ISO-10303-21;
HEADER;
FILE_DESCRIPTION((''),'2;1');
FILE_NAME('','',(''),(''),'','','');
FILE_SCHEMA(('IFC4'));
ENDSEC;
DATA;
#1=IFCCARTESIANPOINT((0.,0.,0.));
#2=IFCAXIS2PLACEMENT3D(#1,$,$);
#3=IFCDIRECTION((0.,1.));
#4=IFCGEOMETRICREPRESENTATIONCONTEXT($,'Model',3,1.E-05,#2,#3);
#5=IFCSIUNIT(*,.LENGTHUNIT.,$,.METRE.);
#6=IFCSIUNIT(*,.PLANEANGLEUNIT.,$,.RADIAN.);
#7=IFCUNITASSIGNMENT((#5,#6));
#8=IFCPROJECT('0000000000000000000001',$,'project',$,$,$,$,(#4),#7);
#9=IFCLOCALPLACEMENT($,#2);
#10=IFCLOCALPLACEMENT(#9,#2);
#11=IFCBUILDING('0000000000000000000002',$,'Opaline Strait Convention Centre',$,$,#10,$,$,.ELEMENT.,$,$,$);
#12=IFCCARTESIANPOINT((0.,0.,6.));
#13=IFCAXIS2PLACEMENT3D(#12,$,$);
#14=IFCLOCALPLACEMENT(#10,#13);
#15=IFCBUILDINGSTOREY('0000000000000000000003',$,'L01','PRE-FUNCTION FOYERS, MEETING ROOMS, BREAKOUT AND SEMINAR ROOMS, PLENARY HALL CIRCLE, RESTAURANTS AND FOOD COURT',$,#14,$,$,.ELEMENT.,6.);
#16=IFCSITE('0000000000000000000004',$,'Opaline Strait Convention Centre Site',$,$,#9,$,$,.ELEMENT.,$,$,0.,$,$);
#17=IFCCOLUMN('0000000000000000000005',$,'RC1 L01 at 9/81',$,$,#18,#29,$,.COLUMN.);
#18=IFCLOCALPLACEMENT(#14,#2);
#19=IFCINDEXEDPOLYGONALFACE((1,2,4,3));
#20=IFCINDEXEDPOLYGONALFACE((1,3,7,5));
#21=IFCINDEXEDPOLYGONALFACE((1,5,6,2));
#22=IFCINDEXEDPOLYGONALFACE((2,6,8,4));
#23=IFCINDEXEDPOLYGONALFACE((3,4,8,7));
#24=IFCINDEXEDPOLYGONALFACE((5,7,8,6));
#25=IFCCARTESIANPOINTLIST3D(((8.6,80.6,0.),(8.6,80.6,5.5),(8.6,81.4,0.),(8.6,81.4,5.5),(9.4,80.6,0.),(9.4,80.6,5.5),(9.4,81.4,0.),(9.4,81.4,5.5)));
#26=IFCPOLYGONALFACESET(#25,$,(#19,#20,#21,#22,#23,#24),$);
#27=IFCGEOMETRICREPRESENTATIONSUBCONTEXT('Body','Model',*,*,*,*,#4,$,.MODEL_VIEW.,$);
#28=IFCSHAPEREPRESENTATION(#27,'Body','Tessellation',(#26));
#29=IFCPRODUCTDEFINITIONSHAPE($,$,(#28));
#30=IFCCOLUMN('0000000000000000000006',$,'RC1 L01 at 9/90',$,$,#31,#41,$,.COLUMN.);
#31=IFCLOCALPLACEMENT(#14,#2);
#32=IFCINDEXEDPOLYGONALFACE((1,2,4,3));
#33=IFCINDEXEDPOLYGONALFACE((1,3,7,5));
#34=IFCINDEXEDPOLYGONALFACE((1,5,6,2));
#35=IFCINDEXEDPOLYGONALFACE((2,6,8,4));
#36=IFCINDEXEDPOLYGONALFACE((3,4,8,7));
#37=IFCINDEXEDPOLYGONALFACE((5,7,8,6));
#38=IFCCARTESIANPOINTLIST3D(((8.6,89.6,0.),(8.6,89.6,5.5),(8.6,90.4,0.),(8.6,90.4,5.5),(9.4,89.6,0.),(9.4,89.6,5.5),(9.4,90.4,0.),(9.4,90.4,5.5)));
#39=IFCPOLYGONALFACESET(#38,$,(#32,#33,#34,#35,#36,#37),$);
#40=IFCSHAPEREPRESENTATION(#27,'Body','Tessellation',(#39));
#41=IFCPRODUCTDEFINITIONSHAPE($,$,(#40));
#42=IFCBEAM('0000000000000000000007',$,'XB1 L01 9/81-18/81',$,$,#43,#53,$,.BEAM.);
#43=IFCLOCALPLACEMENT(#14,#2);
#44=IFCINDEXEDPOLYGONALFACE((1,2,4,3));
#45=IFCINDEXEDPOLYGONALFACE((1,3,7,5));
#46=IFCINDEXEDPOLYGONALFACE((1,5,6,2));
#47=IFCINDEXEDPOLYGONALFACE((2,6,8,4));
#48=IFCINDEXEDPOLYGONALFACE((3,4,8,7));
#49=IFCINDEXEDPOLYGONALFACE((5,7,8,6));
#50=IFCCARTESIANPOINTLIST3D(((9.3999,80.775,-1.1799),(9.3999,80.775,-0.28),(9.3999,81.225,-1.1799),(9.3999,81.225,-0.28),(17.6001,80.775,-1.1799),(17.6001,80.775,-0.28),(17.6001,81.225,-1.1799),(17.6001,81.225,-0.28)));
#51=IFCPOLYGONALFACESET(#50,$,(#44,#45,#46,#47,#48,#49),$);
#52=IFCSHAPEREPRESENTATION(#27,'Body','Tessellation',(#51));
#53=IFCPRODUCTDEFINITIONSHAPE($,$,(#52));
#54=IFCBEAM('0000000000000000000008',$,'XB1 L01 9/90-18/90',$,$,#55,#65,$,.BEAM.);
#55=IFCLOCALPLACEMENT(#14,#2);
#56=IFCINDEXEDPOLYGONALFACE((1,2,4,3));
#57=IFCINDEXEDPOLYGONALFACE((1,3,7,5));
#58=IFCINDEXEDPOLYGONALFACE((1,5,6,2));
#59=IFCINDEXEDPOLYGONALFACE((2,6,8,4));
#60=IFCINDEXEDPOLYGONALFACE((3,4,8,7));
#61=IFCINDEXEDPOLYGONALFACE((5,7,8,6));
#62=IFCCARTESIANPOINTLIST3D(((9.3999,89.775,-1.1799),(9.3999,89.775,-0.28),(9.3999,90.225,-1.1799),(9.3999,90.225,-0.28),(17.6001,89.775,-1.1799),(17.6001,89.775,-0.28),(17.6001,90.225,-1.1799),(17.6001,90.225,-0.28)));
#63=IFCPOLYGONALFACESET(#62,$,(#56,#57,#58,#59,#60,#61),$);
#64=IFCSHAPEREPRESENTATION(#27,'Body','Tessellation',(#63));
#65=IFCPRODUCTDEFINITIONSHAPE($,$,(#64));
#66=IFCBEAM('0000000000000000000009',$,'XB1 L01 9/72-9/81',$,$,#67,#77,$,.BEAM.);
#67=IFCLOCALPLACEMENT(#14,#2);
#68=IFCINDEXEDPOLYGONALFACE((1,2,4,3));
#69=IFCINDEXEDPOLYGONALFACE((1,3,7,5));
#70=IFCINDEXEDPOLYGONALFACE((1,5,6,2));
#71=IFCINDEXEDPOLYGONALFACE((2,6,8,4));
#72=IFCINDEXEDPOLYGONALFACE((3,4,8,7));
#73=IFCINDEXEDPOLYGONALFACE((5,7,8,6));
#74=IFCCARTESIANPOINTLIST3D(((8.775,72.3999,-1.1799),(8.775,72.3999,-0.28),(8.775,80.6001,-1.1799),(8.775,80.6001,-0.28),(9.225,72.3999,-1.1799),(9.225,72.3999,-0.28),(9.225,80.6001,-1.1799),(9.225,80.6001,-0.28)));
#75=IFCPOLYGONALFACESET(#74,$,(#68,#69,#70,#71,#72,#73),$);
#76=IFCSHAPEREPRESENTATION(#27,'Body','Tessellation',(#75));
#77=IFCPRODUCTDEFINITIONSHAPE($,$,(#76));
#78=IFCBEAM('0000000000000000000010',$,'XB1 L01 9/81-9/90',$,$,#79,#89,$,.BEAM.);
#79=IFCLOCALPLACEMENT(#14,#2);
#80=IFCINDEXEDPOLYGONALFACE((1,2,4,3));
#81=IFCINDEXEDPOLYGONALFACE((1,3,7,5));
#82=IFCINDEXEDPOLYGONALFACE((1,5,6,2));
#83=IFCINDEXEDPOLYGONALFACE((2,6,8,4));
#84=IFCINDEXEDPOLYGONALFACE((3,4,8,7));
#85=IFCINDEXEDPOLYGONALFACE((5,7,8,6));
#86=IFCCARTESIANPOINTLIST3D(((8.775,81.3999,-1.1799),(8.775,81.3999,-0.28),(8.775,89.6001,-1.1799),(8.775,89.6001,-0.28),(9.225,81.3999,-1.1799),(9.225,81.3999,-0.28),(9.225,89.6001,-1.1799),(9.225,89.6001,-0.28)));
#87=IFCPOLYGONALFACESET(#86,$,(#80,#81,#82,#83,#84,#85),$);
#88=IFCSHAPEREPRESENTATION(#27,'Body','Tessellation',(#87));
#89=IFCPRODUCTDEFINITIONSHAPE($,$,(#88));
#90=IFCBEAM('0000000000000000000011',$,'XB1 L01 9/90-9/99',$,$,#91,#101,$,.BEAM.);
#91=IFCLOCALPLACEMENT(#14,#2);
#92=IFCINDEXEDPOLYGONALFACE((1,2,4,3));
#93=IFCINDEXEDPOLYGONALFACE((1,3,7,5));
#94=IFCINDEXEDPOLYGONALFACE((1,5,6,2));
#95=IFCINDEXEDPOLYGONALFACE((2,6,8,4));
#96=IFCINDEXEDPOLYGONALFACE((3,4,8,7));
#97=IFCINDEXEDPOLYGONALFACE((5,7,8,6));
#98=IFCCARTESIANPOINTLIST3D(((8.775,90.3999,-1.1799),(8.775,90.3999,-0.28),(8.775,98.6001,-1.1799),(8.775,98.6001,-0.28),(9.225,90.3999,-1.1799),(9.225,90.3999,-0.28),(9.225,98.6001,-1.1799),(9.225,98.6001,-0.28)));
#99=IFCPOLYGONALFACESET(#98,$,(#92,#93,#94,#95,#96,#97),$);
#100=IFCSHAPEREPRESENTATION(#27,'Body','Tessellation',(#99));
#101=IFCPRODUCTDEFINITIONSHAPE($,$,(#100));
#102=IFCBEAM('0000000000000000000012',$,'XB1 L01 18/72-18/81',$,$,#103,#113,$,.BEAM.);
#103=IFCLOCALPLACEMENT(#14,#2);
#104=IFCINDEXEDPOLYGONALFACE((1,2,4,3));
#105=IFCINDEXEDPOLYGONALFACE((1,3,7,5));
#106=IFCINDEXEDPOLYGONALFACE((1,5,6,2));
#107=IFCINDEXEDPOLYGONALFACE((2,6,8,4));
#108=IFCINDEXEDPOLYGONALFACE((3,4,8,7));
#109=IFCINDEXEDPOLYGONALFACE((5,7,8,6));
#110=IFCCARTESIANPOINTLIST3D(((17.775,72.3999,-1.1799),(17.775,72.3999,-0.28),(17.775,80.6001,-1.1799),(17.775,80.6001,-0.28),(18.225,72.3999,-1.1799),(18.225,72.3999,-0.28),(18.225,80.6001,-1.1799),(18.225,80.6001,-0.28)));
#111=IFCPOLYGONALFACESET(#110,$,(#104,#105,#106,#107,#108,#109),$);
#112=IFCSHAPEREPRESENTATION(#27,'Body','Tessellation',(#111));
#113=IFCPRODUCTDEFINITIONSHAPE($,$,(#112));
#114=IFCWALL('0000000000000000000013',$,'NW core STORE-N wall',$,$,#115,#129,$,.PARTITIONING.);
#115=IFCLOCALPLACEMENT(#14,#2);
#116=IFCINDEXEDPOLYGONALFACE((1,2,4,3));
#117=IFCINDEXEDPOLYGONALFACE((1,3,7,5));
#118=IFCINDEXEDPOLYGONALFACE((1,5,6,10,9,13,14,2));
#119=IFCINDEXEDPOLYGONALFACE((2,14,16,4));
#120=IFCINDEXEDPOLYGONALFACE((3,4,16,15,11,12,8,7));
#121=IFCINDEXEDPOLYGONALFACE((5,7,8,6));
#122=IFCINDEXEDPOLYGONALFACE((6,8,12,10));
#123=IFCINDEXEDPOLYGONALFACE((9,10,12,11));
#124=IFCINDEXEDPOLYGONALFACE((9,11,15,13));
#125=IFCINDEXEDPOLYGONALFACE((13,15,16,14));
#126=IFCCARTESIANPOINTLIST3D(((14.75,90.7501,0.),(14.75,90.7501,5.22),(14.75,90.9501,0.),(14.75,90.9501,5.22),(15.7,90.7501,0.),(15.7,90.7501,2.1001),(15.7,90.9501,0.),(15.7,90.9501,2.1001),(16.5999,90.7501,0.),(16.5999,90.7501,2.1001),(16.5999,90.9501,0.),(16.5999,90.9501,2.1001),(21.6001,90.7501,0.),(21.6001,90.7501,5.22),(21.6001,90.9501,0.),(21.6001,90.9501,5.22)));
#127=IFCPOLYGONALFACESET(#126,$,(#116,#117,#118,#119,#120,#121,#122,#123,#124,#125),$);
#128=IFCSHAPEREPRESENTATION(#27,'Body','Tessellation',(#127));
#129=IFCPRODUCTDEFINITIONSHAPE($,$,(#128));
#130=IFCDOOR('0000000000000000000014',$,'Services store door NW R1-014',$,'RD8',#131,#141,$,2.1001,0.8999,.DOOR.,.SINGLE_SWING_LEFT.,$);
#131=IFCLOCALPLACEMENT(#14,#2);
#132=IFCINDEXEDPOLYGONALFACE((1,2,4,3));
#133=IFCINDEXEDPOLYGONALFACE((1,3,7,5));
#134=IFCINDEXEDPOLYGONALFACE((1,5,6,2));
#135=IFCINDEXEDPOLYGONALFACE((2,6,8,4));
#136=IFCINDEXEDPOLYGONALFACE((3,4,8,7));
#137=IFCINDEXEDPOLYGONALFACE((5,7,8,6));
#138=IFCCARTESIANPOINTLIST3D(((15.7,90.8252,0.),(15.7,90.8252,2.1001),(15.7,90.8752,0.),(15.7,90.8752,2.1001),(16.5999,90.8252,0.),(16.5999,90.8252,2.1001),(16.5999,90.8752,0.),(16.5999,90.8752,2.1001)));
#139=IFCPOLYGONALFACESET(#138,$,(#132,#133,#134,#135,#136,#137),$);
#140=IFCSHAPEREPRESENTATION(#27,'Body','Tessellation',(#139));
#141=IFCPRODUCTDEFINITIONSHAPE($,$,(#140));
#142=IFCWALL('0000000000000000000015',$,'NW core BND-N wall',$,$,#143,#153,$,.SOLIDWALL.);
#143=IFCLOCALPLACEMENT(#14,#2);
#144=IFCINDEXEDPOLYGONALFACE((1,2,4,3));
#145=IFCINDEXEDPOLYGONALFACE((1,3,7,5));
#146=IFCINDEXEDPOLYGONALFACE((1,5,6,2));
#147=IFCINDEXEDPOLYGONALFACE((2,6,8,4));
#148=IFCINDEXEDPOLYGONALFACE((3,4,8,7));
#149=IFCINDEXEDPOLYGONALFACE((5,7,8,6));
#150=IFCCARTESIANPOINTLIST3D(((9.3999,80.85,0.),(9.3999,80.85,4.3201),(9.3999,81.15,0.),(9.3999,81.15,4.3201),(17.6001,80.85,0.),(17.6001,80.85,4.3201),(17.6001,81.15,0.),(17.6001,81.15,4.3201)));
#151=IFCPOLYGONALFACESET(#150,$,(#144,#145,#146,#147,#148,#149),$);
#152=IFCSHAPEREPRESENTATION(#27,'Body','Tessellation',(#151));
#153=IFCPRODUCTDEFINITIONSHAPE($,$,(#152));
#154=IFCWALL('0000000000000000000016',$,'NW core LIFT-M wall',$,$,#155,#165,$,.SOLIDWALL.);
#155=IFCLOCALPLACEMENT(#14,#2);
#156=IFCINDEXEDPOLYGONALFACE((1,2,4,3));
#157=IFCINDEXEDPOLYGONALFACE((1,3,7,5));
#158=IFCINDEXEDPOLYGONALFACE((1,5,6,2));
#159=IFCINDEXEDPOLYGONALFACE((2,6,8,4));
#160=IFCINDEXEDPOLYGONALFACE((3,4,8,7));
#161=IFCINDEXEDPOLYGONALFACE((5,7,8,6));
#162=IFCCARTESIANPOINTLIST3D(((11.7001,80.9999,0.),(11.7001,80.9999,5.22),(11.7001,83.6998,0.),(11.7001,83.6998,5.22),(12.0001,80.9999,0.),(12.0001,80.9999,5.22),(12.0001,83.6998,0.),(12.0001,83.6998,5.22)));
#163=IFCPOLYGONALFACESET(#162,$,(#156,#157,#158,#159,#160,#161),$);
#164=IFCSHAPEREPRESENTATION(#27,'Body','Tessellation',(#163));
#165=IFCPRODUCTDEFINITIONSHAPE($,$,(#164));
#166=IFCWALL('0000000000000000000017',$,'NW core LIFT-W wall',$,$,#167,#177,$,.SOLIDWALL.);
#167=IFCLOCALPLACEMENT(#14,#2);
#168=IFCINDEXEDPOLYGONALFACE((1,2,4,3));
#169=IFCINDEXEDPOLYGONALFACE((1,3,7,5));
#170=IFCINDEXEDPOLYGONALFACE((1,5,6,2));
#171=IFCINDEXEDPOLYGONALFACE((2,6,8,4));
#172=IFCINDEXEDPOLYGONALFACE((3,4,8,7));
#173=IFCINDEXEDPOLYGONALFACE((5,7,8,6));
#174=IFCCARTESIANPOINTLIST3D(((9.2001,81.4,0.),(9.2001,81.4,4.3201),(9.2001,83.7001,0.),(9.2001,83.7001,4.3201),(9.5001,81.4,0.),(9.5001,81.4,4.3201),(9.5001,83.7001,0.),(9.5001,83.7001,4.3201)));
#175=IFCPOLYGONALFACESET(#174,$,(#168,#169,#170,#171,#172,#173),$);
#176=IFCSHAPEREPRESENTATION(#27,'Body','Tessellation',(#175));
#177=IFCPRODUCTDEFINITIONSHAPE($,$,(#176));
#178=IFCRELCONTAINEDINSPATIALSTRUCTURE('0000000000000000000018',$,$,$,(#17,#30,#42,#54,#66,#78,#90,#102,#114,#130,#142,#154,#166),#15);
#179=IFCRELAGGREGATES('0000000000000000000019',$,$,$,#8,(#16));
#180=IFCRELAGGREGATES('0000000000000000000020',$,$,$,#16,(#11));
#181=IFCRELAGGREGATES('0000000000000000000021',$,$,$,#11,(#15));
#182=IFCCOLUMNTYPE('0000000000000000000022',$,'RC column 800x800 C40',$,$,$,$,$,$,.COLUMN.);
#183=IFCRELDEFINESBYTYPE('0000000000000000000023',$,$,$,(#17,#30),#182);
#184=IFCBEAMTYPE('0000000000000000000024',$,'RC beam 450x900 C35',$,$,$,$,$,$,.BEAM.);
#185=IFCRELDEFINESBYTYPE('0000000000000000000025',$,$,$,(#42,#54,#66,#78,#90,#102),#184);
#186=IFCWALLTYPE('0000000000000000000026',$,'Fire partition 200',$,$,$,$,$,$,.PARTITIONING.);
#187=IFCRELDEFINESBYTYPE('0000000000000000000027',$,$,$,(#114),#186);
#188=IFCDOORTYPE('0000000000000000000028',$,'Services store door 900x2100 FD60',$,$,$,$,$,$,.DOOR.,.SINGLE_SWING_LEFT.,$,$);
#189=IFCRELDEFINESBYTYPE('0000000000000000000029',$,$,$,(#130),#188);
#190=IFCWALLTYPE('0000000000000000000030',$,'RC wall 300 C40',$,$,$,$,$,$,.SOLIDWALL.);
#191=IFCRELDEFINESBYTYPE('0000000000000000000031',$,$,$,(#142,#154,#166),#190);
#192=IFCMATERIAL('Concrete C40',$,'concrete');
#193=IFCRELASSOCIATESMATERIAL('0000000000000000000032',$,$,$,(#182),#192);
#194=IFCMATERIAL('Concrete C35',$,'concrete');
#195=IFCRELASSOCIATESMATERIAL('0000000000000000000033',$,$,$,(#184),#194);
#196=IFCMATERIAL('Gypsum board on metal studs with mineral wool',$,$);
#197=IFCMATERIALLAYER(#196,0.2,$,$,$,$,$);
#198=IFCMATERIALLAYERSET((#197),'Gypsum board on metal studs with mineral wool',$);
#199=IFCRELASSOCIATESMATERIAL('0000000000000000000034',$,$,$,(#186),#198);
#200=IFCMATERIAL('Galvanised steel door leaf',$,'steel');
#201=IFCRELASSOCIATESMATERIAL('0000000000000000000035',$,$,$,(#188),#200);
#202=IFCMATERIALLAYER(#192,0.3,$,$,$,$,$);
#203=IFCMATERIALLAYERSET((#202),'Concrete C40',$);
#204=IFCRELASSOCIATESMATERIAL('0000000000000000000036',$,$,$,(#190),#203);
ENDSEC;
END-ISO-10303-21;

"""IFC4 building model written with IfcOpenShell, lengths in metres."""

from ifc_helpers import new_model, si_unit, direction, frame, frame_2d, origin, origin_2d, place, context, subcontext, project, spatial, rectangle, extrude, material, layer, layer_set, material_profile, profile_set, type_object, element, fill, save


model = new_model("IFC4")

# Units and contexts
model_context = context("Model", 3, precision=1e-05, world=origin(), true_north=direction((0.0, 1.0)))
body_context = subcontext(model_context, "Body", "Model", "MODEL_VIEW")
ifc_project = project(units=[si_unit("LENGTHUNIT", "METRE"), si_unit("PLANEANGLEUNIT", "RADIAN")], contexts=[model_context])

# Site, building, storey
site_placement = place(None, origin())
site = spatial("IfcSite", under=ifc_project, at=site_placement, Name="Opaline Strait Convention Centre Site", CompositionType="ELEMENT", RefElevation=0.0)
building_placement = place(site_placement, origin())
building = spatial("IfcBuilding", under=site, at=building_placement, Name="Opaline Strait Convention Centre", CompositionType="ELEMENT")
storey_placement = place(building_placement, frame((0.0, 0.0, 6.0)))
storey = spatial("IfcBuildingStorey", under=building, at=storey_placement, Name="L01", Description="PRE-FUNCTION FOYERS, MEETING ROOMS, BREAKOUT AND SEMINAR ROOMS, PLENARY HALL CIRCLE, RESTAURANTS AND FOOD COURT", CompositionType="ELEMENT", Elevation=6.0)

# Columns
ifc_material_1 = material(Name="Concrete C40", Category="concrete")
ifc_material_profile_1 = material_profile(ifc_material_1, rectangle(XDim=0.8, YDim=0.8, at=origin_2d()), Name="RC 800x800")
ifc_profile_set_1 = profile_set([ifc_material_profile_1], Name="Concrete C40")
column_type = type_object("IfcColumnType", Name="RC column 800x800 C40", PredefinedType="COLUMN", material=ifc_profile_set_1)
for number, where, z_axis, x_axis, name in (
    (1, (9.0, 81.0, 0.0), (0.0, 0.0, 1.0), (1.0, 0.0, 0.0), "RC1 L01 at 9/81"),
    (2, (9.0, 90.0, 0.0), (0.0, 0.0, 1.0), (1.0, 0.0, 0.0), "RC1 L01 at 9/90"),
):
    element("IfcColumn", number, at=place(storey_placement, frame(where, z_axis=z_axis, x_axis=x_axis)), inside=storey, type_object=column_type, Name=name, PredefinedType="COLUMN", context=body_context, shape_type="SweptSolid", body=[
        extrude(rectangle(XDim=0.8, YDim=0.8, at=origin_2d()), origin(), (0.0, 0.0, 1.0), 5.5),
    ])

# Beams
ifc_material_2 = material(Name="Concrete C35", Category="concrete")
ifc_material_profile_2 = material_profile(ifc_material_2, rectangle(XDim=0.45, YDim=0.8999, at=origin_2d()), Name="RC 450x900")
ifc_profile_set_2 = profile_set([ifc_material_profile_2], Name="Concrete C35")
beam_type = type_object("IfcBeamType", Name="RC beam 450x900 C35", PredefinedType="BEAM", material=ifc_profile_set_2)
for number, where, z_axis, x_axis, name in (
    (3, (9.3999, 81.0, -0.73), (1.0, 0.0, 0.0), (0.0, 1.0, 0.0), "XB1 L01 9/81-18/81"),
    (4, (9.3999, 90.0, -0.73), (1.0, 0.0, 0.0), (0.0, 1.0, 0.0), "XB1 L01 9/90-18/90"),
    (5, (9.0, 72.3999, -0.73), (0.0, 1.0, 0.0), (-1.0, 0.0, 0.0), "XB1 L01 9/72-9/81"),
    (6, (9.0, 81.3999, -0.73), (0.0, 1.0, 0.0), (-1.0, 0.0, 0.0), "XB1 L01 9/81-9/90"),
    (7, (9.0, 90.3999, -0.73), (0.0, 1.0, 0.0), (-1.0, 0.0, 0.0), "XB1 L01 9/90-9/99"),
    (8, (18.0, 72.3999, -0.73), (0.0, 1.0, 0.0), (-1.0, 0.0, 0.0), "XB1 L01 18/72-18/81"),
):
    element("IfcBeam", number, at=place(storey_placement, frame(where, z_axis=z_axis, x_axis=x_axis)), inside=storey, type_object=beam_type, Name=name, PredefinedType="BEAM", context=body_context, shape_type="SweptSolid", body=[
        extrude(rectangle(XDim=0.45, YDim=0.8999, at=origin_2d()), origin(), (0.0, 0.0, 1.0), 8.2002),
    ])

# Wall, opening, door
ifc_material_3 = material(Name="Gypsum board on metal studs with mineral wool")
ifc_layer_1 = layer(ifc_material_3, 0.2)
ifc_layer_set_1 = layer_set([ifc_layer_1], Name="Gypsum board on metal studs with mineral wool")
wall_type_1 = type_object("IfcWallType", Name="Fire partition 200", PredefinedType="PARTITIONING", material=ifc_layer_set_1)
wall_1_placement = place(storey_placement, frame((14.75, 90.8501, 0.0), z_axis=(0.0, 0.0, 1.0), x_axis=(1.0, 0.0, 0.0)))
wall_1 = element("IfcWall", 9, at=wall_1_placement, inside=storey, type_object=wall_type_1, Name="NW core STORE-N wall", PredefinedType="PARTITIONING", context=body_context, shape_type="SweptSolid", body=[
    extrude(rectangle(XDim=6.8501, YDim=0.2, at=frame_2d((3.425, 0.0))), origin(), (0.0, 0.0, 1.0), 5.22),
])
opening_1_placement = place(wall_1_placement, frame((0.95, 0.0, 0.0)))
opening_1 = element("IfcOpeningElement", 10, at=opening_1_placement, cuts=wall_1, PredefinedType="OPENING", context=body_context, shape_type="SweptSolid", body=[
    extrude(rectangle(XDim=0.8999, YDim=2.1001, at=frame_2d((0.45, 1.05))), frame((0.0, 0.1099, 0.0), z_axis=(0.0, -1.0, 0.0), x_axis=(1.0, 0.0, 0.0)), (0.0, 0.0, 1.0), 0.22),
])
ifc_material_4 = material(Name="Galvanised steel door leaf", Category="steel")
door_type_1 = type_object("IfcDoorType", Name="Services store door 900x2100 FD60", OperationType="SINGLE_SWING_LEFT", PredefinedType="DOOR", material=ifc_material_4)
door_1_placement = place(opening_1_placement, frame((0.8999, 0.0, 0.0), z_axis=(0.0, 0.0, 1.0), x_axis=(-1.0, 0.0, 0.0)))
door_1 = element("IfcDoor", 11, at=door_1_placement, inside=storey, type_object=door_type_1, Name="Services store door NW R1-014", ObjectType="RD8", OperationType="SINGLE_SWING_LEFT", OverallHeight=2.1001, OverallWidth=0.8999, PredefinedType="DOOR", context=body_context, shape_type="SweptSolid", body=[
    extrude(rectangle(XDim=0.8999, YDim=2.1001, at=frame_2d((0.45, 1.05))), frame((0.0, 0.0249, 0.0), z_axis=(0.0, -1.0, 0.0), x_axis=(1.0, 0.0, 0.0)), (0.0, 0.0, 1.0), 0.05),
])
fill(opening_1, door_1)
ifc_layer_2 = layer(ifc_material_1, 0.3)
ifc_layer_set_2 = layer_set([ifc_layer_2], Name="Concrete C40")
wall_type_2 = type_object("IfcWallType", Name="RC wall 300 C40", PredefinedType="SOLIDWALL", material=ifc_layer_set_2)

# Wall
wall_2_placement = place(storey_placement, frame((9.3999, 81.0, 0.0), z_axis=(0.0, 0.0, 1.0), x_axis=(1.0, 0.0, 0.0)))
element("IfcWall", 12, at=wall_2_placement, inside=storey, type_object=wall_type_2, Name="NW core BND-N wall", PredefinedType="SOLIDWALL", context=body_context, shape_type="SweptSolid", body=[
    extrude(rectangle(XDim=8.2002, YDim=0.3, at=frame_2d((4.1001, 0.0))), origin(), (0.0, 0.0, 1.0), 4.3201),
])

# Walls
wall_3_placement = place(storey_placement, frame((11.8501, 83.7, 0.0), z_axis=(0.0, 0.0, 1.0), x_axis=(0.0, -1.0, 0.0)))
element("IfcWall", 13, at=wall_3_placement, inside=storey, type_object=wall_type_2, Name="NW core LIFT-M wall", PredefinedType="SOLIDWALL", context=body_context, shape_type="SweptSolid", body=[
    extrude(rectangle(XDim=2.7, YDim=0.3, at=frame_2d((1.3501, 0.0))), origin(), (0.0, 0.0, 1.0), 5.22),
])
wall_4_placement = place(storey_placement, frame((9.3501, 83.7, 0.0), z_axis=(0.0, 0.0, 1.0), x_axis=(0.0, -1.0, 0.0)))
element("IfcWall", 14, at=wall_4_placement, inside=storey, type_object=wall_type_2, Name="NW core LIFT-W wall", PredefinedType="SOLIDWALL", context=body_context, shape_type="SweptSolid", body=[
    extrude(rectangle(XDim=2.3, YDim=0.3, at=frame_2d((1.1499, 0.0))), origin(), (0.0, 0.0, 1.0), 4.3201),
])

save(model, "model.ifc")
